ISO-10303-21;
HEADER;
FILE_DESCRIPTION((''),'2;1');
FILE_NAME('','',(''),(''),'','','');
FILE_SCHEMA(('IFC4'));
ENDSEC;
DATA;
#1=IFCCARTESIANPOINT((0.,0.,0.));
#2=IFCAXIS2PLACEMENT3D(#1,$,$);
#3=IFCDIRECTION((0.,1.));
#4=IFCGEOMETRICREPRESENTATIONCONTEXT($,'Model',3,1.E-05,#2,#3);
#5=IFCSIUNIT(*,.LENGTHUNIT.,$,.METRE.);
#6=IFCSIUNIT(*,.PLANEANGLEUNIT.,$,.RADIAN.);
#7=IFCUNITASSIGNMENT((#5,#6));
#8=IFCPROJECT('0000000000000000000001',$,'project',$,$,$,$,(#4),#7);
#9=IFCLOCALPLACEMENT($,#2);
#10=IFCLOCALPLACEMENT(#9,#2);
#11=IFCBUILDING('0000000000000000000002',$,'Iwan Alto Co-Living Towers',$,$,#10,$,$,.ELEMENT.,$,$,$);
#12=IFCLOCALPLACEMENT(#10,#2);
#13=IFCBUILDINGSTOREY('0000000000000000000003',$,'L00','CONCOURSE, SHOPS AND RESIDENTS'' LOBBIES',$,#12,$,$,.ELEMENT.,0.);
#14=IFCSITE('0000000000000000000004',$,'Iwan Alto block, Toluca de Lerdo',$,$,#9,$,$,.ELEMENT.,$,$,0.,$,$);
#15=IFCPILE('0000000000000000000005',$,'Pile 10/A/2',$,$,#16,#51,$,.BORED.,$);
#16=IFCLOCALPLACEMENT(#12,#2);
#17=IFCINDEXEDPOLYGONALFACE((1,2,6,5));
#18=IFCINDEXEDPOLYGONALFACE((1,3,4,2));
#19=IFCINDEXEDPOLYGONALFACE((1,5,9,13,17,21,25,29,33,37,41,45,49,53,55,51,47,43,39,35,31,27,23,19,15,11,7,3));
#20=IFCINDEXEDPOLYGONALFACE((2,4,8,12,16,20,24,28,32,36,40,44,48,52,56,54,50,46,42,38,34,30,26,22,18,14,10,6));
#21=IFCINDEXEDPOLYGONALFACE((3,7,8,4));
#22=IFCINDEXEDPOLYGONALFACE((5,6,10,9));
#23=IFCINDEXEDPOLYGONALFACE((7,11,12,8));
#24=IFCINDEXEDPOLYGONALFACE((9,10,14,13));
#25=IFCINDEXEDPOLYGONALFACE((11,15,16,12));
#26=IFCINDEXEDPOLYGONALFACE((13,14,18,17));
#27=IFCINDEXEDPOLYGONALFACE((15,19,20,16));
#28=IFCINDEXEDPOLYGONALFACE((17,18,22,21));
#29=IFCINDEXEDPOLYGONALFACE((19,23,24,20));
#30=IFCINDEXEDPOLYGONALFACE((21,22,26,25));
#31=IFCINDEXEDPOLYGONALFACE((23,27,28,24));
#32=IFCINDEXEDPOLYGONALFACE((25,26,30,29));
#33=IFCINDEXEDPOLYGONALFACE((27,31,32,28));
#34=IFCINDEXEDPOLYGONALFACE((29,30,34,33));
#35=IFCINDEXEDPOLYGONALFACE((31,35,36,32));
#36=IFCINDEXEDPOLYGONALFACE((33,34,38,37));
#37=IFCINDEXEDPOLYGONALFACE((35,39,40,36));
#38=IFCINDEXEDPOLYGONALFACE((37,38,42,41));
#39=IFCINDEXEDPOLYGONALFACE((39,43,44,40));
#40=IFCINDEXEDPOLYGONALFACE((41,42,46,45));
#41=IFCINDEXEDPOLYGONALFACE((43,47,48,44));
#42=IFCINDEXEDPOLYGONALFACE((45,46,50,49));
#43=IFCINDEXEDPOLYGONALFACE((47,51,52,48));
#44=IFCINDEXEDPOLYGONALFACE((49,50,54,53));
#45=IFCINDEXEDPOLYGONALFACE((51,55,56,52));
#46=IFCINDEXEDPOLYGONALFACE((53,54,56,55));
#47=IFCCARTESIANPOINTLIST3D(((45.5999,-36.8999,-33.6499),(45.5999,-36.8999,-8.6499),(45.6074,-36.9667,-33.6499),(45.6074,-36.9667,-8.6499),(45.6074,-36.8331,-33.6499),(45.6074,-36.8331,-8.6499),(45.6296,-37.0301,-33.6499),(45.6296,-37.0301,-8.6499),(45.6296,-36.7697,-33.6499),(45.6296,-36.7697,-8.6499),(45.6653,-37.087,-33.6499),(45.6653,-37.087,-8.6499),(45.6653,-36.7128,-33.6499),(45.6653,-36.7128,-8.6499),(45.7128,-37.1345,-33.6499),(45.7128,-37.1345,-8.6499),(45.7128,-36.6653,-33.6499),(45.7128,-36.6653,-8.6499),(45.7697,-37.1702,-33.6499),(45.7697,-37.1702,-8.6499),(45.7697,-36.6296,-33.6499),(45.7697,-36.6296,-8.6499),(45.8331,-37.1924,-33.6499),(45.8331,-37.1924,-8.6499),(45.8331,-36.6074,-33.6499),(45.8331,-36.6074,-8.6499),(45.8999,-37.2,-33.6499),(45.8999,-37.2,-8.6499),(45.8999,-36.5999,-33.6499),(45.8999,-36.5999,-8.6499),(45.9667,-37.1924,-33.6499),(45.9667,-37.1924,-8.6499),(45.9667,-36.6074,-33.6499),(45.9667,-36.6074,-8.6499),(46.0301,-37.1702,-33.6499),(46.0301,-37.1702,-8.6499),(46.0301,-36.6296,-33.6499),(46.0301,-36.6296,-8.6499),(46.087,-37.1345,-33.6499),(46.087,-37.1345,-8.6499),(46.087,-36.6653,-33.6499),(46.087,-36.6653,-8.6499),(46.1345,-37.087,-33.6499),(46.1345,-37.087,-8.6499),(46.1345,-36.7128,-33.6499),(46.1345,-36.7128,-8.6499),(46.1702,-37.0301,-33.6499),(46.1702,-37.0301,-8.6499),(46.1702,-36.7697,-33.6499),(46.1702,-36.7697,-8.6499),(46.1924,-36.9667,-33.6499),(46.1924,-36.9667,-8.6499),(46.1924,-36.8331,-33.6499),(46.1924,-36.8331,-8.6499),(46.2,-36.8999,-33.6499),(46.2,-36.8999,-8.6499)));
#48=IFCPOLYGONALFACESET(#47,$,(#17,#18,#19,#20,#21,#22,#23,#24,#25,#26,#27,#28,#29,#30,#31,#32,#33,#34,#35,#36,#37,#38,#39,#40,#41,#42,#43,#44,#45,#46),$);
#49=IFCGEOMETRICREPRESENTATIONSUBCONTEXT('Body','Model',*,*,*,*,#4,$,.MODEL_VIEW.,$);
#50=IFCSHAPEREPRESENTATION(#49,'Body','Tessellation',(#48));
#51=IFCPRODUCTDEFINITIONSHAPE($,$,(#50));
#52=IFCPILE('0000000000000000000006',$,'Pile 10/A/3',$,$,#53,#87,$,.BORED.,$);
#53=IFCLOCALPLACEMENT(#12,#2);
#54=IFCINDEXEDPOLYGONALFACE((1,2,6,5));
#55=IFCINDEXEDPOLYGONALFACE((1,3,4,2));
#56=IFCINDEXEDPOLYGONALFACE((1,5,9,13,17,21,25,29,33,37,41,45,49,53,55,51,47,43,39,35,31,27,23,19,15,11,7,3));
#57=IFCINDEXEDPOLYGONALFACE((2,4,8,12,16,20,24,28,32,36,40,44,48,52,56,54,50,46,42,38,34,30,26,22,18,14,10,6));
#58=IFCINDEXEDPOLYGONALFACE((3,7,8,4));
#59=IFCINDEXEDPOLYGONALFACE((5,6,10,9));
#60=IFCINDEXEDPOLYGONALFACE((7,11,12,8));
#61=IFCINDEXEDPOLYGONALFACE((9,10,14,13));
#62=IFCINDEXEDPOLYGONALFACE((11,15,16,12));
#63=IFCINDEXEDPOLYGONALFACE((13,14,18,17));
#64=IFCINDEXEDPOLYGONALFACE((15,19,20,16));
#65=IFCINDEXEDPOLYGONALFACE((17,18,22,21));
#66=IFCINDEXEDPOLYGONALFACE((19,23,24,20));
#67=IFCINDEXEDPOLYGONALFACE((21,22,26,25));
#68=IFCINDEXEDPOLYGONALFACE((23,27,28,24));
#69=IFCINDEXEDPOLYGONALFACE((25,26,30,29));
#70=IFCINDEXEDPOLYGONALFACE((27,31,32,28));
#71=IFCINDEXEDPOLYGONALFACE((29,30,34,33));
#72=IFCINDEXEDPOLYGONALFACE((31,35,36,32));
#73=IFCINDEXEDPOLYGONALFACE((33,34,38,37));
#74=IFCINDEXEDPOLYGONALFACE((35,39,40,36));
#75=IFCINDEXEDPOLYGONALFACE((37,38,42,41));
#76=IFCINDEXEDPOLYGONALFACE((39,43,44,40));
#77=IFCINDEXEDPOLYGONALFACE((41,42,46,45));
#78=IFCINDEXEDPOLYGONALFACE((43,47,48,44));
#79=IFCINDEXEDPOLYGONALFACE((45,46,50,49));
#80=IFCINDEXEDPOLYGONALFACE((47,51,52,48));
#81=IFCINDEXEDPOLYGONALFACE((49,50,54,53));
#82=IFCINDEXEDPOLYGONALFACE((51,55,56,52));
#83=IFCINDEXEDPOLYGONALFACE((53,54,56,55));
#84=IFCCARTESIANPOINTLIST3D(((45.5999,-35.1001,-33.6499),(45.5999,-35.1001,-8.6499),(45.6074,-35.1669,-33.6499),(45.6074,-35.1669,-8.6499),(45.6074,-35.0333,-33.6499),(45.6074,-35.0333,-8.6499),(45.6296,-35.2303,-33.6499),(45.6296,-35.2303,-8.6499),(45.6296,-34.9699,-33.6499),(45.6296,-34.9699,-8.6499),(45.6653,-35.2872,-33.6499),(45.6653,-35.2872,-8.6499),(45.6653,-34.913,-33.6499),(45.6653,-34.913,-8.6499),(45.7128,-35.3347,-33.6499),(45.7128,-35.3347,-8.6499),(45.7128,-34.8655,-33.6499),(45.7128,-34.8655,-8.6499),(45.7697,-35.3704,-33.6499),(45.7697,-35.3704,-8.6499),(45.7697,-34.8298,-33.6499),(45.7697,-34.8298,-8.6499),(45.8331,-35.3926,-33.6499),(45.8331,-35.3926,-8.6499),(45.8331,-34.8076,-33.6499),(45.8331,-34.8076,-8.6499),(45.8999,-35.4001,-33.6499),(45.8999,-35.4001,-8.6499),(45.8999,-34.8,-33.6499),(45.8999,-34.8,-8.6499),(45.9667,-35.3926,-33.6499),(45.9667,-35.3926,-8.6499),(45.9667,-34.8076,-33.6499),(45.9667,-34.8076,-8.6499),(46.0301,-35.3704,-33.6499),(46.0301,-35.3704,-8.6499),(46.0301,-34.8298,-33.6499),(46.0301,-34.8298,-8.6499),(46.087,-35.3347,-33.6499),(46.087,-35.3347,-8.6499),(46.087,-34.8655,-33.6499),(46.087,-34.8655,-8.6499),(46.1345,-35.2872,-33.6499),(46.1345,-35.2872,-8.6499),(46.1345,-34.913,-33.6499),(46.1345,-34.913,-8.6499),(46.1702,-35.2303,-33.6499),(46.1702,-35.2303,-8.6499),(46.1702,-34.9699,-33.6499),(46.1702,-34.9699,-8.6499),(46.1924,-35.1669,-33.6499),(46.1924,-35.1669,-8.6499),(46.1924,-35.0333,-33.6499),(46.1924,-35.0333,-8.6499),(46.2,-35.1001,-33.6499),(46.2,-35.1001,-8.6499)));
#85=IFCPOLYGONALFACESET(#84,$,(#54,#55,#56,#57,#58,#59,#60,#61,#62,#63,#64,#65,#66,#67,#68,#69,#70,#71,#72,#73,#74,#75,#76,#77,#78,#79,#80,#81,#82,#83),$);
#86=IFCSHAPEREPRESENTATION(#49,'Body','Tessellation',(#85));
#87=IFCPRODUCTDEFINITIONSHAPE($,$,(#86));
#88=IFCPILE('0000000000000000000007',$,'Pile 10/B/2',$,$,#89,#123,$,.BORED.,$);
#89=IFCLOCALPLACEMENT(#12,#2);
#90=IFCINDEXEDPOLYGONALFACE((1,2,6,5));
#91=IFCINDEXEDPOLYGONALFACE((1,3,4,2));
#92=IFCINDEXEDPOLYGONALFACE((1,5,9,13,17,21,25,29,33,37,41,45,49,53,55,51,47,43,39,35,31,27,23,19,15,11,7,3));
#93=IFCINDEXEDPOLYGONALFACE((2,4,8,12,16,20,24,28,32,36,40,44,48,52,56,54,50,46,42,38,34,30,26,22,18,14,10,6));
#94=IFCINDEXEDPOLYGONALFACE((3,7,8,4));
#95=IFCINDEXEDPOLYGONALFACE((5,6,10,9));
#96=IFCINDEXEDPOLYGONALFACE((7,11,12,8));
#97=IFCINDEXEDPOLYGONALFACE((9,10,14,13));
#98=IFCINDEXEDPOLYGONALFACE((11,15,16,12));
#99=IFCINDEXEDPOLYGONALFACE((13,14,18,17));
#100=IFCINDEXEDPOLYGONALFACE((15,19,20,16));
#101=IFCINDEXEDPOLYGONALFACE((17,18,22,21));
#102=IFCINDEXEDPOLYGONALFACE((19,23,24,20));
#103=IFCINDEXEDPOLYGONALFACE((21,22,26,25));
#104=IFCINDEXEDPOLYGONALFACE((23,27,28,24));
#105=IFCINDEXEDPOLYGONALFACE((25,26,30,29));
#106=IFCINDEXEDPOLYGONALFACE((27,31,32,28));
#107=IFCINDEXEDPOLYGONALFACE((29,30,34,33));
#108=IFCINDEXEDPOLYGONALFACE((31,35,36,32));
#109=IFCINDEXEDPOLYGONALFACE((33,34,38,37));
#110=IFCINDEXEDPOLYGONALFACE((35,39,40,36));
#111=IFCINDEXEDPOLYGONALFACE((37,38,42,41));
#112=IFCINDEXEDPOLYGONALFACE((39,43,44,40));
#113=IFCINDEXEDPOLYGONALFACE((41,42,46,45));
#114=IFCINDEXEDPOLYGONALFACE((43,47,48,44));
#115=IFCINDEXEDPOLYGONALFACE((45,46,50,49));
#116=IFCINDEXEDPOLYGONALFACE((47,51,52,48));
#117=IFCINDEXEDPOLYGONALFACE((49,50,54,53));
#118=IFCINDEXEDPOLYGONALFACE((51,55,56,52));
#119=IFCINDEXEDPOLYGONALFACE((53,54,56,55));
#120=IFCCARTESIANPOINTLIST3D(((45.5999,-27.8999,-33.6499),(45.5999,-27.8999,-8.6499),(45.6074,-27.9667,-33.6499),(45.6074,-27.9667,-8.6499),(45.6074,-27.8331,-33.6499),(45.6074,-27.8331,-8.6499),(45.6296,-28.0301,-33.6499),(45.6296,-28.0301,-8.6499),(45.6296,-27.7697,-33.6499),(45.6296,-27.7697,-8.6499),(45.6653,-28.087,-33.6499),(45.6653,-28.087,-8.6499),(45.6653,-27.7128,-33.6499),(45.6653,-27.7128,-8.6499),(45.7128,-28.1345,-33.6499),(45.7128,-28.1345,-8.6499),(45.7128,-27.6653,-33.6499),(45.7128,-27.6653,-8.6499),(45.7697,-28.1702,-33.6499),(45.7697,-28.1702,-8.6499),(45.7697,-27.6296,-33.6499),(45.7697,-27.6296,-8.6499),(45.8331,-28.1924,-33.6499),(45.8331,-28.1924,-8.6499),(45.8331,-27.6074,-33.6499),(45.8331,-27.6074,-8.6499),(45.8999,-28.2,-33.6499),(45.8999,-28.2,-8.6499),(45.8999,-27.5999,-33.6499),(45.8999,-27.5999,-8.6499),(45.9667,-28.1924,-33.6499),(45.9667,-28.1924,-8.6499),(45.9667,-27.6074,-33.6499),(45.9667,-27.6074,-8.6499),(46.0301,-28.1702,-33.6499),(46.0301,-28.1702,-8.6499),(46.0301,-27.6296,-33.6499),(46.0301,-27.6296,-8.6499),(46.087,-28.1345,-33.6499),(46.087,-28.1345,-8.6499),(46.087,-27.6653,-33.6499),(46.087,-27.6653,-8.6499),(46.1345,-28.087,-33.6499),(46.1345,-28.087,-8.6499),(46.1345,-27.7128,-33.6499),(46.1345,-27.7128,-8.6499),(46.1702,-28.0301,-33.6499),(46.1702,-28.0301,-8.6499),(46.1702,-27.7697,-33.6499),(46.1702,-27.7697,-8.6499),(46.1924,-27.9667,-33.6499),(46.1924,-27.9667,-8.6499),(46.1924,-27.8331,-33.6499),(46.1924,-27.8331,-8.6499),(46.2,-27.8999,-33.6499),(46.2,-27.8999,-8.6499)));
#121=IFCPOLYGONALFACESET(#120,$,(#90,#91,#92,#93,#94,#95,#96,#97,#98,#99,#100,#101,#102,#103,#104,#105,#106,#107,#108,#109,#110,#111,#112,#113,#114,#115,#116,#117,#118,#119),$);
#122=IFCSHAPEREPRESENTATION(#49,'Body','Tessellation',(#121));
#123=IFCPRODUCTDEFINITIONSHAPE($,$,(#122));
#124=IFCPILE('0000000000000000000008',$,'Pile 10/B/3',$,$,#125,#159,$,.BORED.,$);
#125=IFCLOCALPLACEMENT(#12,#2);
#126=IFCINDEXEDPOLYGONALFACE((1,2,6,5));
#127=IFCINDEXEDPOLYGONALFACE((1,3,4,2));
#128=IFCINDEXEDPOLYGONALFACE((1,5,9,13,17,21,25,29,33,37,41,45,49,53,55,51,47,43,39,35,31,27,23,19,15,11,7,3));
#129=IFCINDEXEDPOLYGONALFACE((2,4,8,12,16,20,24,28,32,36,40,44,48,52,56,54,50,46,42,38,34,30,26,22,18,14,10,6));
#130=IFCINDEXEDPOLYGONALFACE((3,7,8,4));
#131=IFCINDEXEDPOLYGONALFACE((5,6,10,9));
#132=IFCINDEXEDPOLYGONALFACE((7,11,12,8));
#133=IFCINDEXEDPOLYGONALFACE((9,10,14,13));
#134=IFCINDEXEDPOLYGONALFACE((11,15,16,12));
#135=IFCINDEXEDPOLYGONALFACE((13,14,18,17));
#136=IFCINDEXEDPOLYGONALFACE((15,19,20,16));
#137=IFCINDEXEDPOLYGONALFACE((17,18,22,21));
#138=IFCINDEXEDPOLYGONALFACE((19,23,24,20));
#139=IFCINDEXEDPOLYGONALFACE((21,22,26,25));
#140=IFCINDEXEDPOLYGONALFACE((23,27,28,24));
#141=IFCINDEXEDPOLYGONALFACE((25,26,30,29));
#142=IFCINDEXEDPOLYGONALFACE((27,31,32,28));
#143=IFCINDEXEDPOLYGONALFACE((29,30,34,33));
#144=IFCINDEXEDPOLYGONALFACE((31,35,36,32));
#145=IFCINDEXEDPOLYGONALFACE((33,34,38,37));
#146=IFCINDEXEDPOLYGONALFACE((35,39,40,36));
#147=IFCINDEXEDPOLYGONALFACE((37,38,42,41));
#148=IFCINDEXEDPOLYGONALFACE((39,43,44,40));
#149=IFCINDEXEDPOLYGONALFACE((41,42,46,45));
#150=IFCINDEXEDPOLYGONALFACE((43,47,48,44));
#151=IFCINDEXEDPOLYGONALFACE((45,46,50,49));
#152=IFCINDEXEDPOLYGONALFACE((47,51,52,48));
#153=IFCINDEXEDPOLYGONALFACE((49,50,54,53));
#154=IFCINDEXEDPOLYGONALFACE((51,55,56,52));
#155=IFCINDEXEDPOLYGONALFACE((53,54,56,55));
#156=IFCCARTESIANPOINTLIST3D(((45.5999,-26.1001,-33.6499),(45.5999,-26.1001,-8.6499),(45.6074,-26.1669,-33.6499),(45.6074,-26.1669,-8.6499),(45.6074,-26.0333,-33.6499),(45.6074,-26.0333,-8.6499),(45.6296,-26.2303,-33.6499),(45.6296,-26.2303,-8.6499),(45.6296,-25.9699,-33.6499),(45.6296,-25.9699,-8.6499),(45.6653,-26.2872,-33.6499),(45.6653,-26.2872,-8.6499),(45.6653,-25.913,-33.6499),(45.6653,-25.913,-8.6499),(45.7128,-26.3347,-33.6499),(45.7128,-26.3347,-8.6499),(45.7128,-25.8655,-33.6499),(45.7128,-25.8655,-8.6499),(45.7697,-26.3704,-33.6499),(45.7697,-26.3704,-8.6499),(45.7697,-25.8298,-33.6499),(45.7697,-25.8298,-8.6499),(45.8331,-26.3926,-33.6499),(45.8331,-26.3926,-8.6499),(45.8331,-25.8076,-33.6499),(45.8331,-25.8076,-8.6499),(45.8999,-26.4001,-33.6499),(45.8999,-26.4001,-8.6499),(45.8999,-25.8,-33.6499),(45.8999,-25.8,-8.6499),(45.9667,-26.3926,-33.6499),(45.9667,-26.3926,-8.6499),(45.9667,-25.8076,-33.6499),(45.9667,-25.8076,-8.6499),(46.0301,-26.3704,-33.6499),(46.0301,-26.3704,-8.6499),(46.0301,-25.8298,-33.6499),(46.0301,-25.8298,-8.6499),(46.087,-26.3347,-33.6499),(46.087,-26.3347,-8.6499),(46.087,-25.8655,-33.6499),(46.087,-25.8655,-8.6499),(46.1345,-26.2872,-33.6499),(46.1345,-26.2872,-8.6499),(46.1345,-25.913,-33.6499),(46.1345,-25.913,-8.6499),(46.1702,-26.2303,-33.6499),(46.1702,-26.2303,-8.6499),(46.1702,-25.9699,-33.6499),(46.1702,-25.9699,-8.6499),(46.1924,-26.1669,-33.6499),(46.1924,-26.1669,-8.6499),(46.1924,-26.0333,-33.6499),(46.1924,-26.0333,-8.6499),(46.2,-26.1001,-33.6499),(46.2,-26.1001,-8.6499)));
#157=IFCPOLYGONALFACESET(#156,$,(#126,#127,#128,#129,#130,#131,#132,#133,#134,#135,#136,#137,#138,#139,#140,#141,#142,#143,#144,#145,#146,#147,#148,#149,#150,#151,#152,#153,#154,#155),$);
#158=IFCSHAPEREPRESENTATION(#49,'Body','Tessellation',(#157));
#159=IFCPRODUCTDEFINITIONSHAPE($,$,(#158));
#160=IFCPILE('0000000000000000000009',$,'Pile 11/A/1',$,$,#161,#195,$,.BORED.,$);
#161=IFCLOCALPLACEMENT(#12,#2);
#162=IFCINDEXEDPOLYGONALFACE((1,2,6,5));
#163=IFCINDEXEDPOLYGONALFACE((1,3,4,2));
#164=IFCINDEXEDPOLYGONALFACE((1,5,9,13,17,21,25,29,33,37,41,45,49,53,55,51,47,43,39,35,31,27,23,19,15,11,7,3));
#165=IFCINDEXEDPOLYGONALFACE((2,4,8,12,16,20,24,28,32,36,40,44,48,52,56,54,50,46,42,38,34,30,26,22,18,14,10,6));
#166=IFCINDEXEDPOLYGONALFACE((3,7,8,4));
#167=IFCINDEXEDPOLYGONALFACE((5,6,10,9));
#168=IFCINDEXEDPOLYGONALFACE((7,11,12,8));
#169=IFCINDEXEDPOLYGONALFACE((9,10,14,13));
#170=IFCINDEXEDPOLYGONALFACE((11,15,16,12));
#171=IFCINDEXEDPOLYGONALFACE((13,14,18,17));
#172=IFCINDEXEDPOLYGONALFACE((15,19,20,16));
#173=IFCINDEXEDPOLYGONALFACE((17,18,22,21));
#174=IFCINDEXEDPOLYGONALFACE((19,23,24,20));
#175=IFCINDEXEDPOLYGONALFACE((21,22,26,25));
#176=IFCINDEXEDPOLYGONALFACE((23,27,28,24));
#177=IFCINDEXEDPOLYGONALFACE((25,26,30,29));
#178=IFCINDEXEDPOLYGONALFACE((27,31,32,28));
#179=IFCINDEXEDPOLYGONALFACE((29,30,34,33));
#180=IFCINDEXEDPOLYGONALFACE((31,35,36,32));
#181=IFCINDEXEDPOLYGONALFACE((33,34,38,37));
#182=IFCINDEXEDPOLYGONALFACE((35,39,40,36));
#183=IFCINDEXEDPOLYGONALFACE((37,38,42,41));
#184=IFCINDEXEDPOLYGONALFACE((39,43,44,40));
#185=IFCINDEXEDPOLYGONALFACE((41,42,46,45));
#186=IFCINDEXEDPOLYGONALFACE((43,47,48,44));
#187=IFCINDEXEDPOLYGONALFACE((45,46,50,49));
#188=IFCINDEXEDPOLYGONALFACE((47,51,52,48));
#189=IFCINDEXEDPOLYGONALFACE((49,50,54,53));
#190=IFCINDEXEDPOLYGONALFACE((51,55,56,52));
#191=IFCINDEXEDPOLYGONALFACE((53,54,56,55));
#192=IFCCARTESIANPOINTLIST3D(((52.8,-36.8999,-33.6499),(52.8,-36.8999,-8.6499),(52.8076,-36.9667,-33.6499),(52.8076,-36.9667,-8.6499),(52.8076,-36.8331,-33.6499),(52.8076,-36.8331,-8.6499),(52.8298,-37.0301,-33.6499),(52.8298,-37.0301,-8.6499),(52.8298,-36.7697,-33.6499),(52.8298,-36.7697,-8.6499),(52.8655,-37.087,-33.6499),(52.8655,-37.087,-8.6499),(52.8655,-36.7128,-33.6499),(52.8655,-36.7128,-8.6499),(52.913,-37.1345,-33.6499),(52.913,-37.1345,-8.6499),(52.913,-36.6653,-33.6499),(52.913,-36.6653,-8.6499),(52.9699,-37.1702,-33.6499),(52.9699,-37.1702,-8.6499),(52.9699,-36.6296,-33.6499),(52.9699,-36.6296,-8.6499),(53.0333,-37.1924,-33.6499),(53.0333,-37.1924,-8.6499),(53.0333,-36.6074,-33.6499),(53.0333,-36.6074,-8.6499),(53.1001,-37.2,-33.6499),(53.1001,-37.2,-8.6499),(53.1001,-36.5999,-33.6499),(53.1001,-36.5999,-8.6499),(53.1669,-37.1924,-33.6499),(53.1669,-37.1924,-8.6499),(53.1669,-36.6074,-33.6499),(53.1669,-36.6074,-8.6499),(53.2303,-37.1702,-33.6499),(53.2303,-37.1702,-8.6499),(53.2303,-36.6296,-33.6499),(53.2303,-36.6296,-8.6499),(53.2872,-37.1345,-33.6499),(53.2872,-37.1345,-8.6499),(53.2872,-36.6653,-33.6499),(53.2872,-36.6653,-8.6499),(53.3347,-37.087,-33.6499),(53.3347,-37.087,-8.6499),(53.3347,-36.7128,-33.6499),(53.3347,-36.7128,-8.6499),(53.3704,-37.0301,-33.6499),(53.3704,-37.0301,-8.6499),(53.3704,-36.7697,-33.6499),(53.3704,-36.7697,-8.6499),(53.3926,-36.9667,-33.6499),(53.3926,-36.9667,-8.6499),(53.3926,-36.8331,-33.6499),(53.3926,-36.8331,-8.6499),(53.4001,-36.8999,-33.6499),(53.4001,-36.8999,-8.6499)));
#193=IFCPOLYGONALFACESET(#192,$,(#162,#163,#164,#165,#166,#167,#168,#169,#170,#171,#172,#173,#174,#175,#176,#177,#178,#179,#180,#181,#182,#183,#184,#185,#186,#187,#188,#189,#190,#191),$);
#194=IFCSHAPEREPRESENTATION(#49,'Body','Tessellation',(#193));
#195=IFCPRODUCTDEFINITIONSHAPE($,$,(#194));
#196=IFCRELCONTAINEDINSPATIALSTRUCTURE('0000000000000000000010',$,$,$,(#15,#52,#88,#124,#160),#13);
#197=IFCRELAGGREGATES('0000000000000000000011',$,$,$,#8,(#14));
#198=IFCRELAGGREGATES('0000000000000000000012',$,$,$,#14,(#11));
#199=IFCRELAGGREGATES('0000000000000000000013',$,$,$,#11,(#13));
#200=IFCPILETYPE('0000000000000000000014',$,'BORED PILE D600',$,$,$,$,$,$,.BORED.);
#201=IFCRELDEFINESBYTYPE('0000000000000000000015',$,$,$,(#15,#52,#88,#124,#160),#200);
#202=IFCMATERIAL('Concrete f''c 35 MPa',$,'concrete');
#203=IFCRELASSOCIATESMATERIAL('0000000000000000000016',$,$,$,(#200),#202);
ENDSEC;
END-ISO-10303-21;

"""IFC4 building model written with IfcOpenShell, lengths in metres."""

from ifc_helpers import new_model, si_unit, direction, frame, origin, origin_2d, place, context, subcontext, project, spatial, circle, extrude, material, material_profile, profile_set, type_object, element, save


model = new_model("IFC4")

# Units and contexts
model_context = context("Model", 3, precision=1e-05, world=origin(), true_north=direction((0.0, 1.0)))
body_context = subcontext(model_context, "Body", "Model", "MODEL_VIEW")
ifc_project = project(units=[si_unit("LENGTHUNIT", "METRE"), si_unit("PLANEANGLEUNIT", "RADIAN")], contexts=[model_context])

# Site, building, storey
site_placement = place(None, origin())
site = spatial("IfcSite", under=ifc_project, at=site_placement, Name="Iwan Alto block, Toluca de Lerdo", CompositionType="ELEMENT", RefElevation=0.0)
building_placement = place(site_placement, origin())
building = spatial("IfcBuilding", under=site, at=building_placement, Name="Iwan Alto Co-Living Towers", CompositionType="ELEMENT")
storey_placement = place(building_placement, origin())
storey = spatial("IfcBuildingStorey", under=building, at=storey_placement, Name="L00", Description="CONCOURSE, SHOPS AND RESIDENTS' LOBBIES", CompositionType="ELEMENT", Elevation=0.0)

# Piles
ifc_material_1 = material(Name="Concrete f'c 35 MPa", Category="concrete")
ifc_material_profile_1 = material_profile(ifc_material_1, circle(Radius=0.3, at=origin_2d()), Name="D600")
ifc_profile_set_1 = profile_set([ifc_material_profile_1], Name="Concrete f'c 35 MPa")
pile_type = type_object("IfcPileType", Name="BORED PILE D600", PredefinedType="BORED", material=ifc_profile_set_1)
for number, where, z_axis, x_axis, name in (
    (1, (45.8999, -36.8999, -8.6499), (0.0, 0.0, -1.0), (1.0, 0.0, 0.0), "Pile 10/A/2"),
    (2, (45.8999, -35.1001, -8.6499), (0.0, 0.0, -1.0), (1.0, 0.0, 0.0), "Pile 10/A/3"),
    (3, (45.8999, -27.8999, -8.6499), (0.0, 0.0, -1.0), (1.0, 0.0, 0.0), "Pile 10/B/2"),
    (4, (45.8999, -26.1001, -8.6499), (0.0, 0.0, -1.0), (1.0, 0.0, 0.0), "Pile 10/B/3"),
    (5, (53.1001, -36.8999, -8.6499), (0.0, 0.0, -1.0), (1.0, 0.0, 0.0), "Pile 11/A/1"),
):
    element("IfcPile", number, at=place(storey_placement, frame(where, z_axis=z_axis, x_axis=x_axis)), inside=storey, type_object=pile_type, Name=name, PredefinedType="BORED", context=body_context, shape_type="SweptSolid", body=[
        extrude(circle(Radius=0.3, at=origin_2d()), origin(), (0.0, 0.0, 1.0), 25.0),
    ])

save(model, "model.ifc")
